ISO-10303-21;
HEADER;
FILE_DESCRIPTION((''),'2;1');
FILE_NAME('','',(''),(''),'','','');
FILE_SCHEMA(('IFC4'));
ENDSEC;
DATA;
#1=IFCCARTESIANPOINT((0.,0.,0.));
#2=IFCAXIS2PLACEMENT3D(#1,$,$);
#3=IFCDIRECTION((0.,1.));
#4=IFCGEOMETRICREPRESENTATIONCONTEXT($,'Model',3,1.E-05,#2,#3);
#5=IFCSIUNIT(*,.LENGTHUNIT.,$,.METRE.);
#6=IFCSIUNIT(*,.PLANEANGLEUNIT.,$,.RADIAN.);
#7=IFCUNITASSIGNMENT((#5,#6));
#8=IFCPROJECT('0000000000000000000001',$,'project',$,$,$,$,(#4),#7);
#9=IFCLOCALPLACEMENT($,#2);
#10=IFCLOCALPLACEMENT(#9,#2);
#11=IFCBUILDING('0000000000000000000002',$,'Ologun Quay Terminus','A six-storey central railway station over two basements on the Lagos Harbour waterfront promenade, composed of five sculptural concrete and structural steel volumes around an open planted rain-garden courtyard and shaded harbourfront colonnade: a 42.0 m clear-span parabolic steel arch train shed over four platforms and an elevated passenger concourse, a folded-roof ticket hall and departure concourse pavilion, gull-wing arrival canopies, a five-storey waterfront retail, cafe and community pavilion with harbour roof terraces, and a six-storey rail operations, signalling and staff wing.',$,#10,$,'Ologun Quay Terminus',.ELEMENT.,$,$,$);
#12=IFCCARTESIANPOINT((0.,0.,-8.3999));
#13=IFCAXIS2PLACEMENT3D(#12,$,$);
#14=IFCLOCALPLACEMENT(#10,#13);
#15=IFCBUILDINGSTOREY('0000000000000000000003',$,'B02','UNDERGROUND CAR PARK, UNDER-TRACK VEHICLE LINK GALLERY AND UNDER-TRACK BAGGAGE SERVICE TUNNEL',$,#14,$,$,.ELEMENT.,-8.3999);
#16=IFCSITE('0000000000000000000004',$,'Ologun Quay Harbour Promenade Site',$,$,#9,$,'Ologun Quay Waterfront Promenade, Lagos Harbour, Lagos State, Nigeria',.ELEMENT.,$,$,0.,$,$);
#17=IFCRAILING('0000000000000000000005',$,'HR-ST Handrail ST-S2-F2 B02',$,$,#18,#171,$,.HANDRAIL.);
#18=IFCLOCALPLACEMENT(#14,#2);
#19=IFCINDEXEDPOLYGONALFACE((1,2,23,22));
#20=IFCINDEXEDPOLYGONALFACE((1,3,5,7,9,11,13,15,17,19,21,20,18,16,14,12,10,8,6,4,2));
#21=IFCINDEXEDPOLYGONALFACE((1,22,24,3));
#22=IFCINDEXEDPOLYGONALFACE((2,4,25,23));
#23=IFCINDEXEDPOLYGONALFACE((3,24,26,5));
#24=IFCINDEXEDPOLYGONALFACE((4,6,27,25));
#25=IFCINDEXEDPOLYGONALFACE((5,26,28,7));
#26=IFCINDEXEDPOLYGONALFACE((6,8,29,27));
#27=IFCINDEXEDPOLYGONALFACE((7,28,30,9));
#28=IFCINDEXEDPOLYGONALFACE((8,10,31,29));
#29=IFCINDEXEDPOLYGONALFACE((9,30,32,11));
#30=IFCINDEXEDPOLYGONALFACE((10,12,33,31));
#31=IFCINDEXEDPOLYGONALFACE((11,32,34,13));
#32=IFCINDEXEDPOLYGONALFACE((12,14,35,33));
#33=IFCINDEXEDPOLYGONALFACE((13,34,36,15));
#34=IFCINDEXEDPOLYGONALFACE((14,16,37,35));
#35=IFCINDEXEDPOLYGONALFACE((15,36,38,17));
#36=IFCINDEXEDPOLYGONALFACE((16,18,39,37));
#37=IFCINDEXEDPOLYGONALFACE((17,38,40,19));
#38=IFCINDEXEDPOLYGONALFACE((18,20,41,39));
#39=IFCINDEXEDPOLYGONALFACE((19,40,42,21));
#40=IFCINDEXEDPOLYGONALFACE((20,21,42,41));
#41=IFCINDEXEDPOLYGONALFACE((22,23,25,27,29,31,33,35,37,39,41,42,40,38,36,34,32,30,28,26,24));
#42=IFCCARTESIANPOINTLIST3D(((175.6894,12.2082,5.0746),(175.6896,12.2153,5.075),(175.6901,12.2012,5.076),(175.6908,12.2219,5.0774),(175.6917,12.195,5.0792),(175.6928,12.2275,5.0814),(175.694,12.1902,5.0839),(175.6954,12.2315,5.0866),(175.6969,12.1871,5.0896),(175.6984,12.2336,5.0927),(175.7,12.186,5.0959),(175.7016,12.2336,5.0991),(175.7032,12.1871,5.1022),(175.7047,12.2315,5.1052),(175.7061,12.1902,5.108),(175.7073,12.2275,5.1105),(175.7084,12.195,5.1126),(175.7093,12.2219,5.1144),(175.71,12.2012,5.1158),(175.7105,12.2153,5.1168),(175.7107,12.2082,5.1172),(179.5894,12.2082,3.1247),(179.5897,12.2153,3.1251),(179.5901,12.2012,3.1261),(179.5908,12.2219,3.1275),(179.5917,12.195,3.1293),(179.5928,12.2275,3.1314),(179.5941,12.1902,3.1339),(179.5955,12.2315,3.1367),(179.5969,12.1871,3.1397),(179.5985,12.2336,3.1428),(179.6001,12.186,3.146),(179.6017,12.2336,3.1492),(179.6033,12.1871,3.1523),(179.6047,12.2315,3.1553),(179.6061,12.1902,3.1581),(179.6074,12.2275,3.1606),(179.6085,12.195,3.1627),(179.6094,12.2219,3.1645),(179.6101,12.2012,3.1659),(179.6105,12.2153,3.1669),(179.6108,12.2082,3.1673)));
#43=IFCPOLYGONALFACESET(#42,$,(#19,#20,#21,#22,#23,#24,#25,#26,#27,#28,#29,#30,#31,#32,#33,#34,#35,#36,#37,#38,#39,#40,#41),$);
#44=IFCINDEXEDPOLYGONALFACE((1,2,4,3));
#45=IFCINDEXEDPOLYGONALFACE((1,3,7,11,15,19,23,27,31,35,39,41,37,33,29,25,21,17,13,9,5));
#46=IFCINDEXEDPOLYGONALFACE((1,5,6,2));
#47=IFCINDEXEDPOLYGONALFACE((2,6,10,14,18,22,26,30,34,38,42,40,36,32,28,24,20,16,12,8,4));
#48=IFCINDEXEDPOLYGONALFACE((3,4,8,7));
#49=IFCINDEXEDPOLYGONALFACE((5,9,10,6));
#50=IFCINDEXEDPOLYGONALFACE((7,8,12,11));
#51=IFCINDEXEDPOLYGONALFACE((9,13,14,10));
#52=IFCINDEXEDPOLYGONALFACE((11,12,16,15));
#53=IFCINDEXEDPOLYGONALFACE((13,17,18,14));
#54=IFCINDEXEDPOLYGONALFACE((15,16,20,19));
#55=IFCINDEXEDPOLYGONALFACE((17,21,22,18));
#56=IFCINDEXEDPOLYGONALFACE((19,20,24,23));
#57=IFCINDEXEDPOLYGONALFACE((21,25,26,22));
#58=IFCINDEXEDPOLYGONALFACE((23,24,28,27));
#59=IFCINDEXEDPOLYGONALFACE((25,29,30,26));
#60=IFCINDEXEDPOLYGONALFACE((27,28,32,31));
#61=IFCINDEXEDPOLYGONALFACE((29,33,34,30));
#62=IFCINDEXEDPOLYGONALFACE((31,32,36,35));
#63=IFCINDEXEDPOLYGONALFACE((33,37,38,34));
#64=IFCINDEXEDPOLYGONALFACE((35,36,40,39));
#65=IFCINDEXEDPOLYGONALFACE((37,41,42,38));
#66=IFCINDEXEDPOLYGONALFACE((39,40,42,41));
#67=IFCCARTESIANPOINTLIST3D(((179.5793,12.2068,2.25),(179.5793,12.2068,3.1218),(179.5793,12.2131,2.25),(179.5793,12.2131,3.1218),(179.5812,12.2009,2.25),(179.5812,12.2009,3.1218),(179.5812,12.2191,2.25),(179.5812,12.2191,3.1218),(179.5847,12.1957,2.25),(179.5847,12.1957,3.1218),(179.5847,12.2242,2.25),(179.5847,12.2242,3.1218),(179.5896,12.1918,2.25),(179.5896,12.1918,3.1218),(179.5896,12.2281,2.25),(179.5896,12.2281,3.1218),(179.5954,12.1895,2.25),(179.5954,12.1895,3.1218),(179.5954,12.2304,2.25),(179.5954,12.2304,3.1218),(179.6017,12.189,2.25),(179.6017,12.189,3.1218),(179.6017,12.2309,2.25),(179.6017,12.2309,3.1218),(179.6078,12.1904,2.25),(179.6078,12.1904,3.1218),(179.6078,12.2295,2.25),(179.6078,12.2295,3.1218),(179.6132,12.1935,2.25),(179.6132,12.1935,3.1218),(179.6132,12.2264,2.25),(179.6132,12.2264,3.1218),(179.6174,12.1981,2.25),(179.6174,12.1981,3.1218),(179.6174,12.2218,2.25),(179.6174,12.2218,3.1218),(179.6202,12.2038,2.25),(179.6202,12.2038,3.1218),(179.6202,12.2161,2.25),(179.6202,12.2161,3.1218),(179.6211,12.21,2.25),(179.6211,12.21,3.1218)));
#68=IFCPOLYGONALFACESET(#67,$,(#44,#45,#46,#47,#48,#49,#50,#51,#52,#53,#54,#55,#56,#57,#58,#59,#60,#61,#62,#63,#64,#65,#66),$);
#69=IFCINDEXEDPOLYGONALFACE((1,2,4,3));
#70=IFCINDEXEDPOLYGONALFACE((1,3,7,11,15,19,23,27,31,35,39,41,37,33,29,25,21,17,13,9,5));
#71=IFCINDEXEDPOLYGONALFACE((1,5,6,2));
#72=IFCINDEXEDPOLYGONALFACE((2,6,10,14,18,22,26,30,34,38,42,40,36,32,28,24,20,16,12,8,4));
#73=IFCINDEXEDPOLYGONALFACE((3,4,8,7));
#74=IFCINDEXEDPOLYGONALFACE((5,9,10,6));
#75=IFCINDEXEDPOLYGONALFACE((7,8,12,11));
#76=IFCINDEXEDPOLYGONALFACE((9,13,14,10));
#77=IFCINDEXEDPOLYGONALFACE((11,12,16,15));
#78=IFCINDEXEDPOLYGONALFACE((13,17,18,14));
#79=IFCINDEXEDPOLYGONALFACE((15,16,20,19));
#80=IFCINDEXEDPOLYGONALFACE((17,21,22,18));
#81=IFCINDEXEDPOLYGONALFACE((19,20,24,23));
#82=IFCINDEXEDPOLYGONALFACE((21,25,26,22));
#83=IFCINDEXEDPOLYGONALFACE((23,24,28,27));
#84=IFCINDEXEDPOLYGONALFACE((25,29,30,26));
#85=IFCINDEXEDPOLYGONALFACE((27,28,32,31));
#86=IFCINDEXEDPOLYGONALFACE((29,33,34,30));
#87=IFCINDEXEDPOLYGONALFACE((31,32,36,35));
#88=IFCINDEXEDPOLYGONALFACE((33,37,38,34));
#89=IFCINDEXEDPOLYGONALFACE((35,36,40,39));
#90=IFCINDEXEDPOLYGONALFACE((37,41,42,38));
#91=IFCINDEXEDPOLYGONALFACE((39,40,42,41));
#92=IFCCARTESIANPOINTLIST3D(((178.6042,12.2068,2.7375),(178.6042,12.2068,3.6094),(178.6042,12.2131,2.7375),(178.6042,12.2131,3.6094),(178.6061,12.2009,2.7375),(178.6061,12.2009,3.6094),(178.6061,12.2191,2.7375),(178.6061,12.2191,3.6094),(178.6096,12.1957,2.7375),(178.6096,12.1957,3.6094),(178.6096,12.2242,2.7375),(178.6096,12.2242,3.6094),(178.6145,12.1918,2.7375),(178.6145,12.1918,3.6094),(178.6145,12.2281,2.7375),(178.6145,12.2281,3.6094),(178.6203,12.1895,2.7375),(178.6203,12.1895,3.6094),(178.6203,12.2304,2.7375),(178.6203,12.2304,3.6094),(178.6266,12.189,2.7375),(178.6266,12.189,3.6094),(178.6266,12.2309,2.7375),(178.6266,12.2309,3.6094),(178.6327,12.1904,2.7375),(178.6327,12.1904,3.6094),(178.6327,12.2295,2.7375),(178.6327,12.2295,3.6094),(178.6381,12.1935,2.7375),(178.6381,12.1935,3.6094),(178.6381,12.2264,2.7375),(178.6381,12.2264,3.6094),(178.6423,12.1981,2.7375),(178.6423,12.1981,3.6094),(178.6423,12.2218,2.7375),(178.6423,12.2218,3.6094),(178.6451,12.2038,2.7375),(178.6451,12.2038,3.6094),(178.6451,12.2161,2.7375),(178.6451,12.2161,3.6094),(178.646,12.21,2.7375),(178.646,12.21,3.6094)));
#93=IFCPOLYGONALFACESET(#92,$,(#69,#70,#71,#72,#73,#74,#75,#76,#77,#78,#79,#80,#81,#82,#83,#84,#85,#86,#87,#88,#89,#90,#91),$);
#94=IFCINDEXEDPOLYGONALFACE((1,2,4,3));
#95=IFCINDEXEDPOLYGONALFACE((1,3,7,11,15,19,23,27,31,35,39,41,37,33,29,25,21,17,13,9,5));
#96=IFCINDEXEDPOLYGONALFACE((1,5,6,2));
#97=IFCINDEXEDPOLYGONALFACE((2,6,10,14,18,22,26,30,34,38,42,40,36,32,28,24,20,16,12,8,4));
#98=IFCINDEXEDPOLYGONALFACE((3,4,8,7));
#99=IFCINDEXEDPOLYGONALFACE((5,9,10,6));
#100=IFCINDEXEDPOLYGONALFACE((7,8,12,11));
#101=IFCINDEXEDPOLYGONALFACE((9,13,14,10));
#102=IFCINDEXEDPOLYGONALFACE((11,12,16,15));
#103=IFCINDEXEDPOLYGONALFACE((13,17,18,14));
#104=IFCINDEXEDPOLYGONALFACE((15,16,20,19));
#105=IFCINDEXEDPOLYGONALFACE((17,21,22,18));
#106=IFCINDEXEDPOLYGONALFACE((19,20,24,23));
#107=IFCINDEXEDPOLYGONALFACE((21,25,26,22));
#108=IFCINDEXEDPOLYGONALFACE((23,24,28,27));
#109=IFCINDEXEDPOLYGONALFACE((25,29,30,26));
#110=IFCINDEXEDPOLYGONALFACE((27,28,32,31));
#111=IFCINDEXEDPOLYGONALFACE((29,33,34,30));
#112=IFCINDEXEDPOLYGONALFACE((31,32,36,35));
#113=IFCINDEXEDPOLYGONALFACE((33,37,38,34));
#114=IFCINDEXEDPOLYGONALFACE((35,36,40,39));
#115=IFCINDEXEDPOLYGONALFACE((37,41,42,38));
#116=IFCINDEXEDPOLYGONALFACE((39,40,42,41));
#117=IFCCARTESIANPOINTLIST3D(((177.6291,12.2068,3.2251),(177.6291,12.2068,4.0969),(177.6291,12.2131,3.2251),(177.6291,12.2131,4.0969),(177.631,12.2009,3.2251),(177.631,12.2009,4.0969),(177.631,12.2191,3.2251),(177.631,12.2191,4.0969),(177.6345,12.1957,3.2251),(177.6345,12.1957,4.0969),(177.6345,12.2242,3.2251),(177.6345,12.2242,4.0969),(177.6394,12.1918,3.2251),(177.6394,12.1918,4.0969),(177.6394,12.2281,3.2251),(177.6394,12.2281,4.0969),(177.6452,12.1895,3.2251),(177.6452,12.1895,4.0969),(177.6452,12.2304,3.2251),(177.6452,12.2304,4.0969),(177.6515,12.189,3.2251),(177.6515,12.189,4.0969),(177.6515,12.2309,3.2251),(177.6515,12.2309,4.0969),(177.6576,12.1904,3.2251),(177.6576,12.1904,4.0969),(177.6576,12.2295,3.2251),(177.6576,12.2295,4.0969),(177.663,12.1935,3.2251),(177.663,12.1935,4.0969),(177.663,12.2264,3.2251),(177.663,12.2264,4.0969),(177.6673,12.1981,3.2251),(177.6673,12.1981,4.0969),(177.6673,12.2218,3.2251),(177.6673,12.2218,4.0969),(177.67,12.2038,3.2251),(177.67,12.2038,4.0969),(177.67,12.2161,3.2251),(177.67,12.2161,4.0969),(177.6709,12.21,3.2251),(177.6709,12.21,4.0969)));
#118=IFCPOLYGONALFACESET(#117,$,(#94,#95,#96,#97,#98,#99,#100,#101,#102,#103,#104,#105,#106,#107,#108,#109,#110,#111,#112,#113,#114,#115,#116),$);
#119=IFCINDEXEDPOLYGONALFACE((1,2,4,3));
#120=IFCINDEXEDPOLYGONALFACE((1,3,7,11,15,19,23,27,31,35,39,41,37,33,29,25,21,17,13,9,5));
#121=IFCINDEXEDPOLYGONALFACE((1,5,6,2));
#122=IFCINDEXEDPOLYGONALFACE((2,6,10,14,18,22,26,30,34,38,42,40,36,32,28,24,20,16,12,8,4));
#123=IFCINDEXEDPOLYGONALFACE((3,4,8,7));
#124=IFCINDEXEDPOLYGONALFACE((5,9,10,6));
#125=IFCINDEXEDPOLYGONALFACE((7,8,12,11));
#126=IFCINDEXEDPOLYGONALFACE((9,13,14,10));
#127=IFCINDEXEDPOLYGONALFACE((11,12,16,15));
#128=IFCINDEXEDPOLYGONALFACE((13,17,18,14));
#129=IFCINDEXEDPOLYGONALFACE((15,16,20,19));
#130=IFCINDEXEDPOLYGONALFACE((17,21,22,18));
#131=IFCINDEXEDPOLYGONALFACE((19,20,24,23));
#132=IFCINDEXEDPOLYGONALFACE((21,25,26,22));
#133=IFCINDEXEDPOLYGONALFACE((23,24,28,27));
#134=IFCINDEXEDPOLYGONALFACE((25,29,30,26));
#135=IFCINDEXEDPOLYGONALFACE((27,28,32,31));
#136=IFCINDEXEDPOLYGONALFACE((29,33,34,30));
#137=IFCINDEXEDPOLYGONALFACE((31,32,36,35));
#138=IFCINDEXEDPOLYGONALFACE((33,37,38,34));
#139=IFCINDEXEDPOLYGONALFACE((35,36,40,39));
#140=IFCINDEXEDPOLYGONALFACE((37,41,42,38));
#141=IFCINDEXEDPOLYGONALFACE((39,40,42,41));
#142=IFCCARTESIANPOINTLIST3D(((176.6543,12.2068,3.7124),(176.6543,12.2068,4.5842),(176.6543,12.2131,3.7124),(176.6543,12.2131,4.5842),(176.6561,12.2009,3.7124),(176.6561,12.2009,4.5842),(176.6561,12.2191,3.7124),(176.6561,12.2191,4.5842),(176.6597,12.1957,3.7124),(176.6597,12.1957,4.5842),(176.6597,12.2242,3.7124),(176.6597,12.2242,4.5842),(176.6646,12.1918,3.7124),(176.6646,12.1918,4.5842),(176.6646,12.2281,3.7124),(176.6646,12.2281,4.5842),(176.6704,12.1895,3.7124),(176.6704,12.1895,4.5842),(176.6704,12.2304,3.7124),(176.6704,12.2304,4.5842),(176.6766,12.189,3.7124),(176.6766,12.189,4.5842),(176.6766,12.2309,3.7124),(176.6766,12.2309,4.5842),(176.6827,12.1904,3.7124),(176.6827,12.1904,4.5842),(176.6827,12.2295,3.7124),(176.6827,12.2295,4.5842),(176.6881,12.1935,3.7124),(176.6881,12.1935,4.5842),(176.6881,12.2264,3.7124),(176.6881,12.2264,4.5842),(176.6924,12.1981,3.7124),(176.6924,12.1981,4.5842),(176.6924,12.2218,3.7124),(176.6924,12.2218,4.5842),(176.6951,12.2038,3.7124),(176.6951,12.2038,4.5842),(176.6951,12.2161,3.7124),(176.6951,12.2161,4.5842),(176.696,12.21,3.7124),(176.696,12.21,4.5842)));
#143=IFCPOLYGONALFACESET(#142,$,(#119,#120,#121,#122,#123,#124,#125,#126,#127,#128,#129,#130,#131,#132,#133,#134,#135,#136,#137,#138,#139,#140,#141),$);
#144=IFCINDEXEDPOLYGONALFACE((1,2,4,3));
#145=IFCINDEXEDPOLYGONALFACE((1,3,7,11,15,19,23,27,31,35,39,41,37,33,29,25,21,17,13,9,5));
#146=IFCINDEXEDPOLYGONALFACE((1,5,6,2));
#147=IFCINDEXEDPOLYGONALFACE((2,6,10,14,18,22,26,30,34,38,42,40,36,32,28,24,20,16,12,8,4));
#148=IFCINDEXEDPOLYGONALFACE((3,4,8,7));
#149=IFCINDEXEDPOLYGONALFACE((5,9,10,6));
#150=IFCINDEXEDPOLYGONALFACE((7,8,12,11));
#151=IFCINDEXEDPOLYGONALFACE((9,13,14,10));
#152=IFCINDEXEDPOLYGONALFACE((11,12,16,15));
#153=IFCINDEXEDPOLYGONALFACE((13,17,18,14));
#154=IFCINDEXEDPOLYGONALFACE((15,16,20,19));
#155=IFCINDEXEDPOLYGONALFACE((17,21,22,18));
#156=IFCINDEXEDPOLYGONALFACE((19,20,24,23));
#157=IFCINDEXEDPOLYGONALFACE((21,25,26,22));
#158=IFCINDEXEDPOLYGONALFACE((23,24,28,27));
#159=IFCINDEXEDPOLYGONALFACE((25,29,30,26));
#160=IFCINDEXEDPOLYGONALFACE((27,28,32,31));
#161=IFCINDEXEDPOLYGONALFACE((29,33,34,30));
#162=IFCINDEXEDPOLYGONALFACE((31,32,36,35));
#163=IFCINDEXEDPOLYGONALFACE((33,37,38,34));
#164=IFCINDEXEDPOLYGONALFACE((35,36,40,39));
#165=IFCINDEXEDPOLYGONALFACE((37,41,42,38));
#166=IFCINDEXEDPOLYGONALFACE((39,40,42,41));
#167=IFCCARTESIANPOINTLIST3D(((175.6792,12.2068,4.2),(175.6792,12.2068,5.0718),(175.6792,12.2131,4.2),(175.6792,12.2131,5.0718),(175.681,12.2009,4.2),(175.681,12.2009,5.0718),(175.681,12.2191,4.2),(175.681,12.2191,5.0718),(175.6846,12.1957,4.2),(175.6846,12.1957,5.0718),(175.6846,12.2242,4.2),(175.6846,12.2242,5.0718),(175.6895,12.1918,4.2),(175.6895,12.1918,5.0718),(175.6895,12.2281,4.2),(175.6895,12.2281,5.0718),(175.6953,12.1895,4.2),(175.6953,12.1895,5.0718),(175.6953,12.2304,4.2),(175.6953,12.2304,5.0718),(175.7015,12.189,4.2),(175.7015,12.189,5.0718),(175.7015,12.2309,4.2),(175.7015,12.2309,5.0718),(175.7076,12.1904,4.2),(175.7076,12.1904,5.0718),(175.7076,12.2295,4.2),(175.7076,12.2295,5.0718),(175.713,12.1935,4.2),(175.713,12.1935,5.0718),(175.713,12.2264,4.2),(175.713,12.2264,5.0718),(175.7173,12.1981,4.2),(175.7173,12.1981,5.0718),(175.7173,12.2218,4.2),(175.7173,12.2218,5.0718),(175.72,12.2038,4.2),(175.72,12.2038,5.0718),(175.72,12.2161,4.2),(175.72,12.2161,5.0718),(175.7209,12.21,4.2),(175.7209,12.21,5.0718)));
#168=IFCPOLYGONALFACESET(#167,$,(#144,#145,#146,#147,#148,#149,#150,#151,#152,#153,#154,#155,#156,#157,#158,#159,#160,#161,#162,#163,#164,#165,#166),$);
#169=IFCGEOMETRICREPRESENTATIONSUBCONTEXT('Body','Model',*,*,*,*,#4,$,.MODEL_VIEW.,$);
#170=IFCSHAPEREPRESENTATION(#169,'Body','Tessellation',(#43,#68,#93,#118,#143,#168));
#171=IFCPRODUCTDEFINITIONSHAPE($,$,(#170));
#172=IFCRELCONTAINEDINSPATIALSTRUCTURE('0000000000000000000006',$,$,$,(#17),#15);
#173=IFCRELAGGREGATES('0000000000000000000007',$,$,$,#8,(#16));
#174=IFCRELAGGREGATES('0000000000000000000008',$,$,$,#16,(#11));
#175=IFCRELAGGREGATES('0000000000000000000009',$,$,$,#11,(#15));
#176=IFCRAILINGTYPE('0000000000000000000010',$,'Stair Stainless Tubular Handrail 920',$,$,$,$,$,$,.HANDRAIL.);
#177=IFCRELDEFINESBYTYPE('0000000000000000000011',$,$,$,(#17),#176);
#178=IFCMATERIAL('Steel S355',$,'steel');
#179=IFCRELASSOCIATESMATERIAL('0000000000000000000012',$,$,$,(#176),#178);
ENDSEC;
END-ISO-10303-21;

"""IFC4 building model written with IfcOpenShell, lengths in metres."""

from ifc_helpers import new_model, si_unit, direction, frame, origin, origin_2d, place, context, subcontext, project, spatial, circle, extrude, material, type_object, element, save


model = new_model("IFC4")

# Units and contexts
model_context = context("Model", 3, precision=1e-05, world=origin(), true_north=direction((0.0, 1.0)))
body_context = subcontext(model_context, "Body", "Model", "MODEL_VIEW")
ifc_project = project(units=[si_unit("LENGTHUNIT", "METRE"), si_unit("PLANEANGLEUNIT", "RADIAN")], contexts=[model_context])

# Site, building, storey
site_placement = place(None, origin())
site = spatial("IfcSite", under=ifc_project, at=site_placement, Name="Ologun Quay Harbour Promenade Site", LongName="Ologun Quay Waterfront Promenade, Lagos Harbour, Lagos State, Nigeria", CompositionType="ELEMENT", RefElevation=0.0)
building_placement = place(site_placement, origin())
building = spatial("IfcBuilding", under=site, at=building_placement, Name="Ologun Quay Terminus", Description="A six-storey central railway station over two basements on the Lagos Harbour waterfront promenade, composed of five sculptural concrete and structural steel volumes around an open planted rain-garden courtyard and shaded harbourfront colonnade: a 42.0 m clear-span parabolic steel arch train shed over four platforms and an elevated passenger concourse, a folded-roof ticket hall and departure concourse pavilion, gull-wing arrival canopies, a five-storey waterfront retail, cafe and community pavilion with harbour roof terraces, and a six-storey rail operations, signalling and staff wing.", LongName="Ologun Quay Terminus", CompositionType="ELEMENT")
storey_placement = place(building_placement, frame((0.0, 0.0, -8.3999)))
storey = spatial("IfcBuildingStorey", under=building, at=storey_placement, Name="B02", Description="UNDERGROUND CAR PARK, UNDER-TRACK VEHICLE LINK GALLERY AND UNDER-TRACK BAGGAGE SERVICE TUNNEL", CompositionType="ELEMENT", Elevation=-8.3999)

# Railing
ifc_material_1 = material(Name="Steel S355", Category="steel")
railing_type_1 = type_object("IfcRailingType", Name="Stair Stainless Tubular Handrail 920", PredefinedType="HANDRAIL", material=ifc_material_1)
railing_1_placement = place(storey_placement, frame((179.6001, 12.21, 2.25)))
element("IfcRailing", 1, at=railing_1_placement, inside=storey, type_object=railing_type_1, Name="HR-ST Handrail ST-S2-F2 B02", PredefinedType="HANDRAIL", context=body_context, shape_type="SweptSolid", body=[
    extrude(circle(Radius=0.0239, at=origin_2d()), frame((0.0, 0.0, 0.896), z_axis=(-0.894438, 0.0, 0.447191), x_axis=(0.0, -1.0, 0.0)), (0.0, 0.0, 1.0), 4.3604),
    extrude(circle(Radius=0.021, at=origin_2d()), origin(), (0.0, 0.0, 1.0), 0.8718),
    extrude(circle(Radius=0.021, at=origin_2d()), frame((-0.9751, 0.0, 0.4875)), (0.0, 0.0, 1.0), 0.8718),
    extrude(circle(Radius=0.021, at=origin_2d()), frame((-1.9502, 0.0, 0.9751)), (0.0, 0.0, 1.0), 0.8718),
    extrude(circle(Radius=0.021, at=origin_2d()), frame((-2.925, 0.0, 1.4624)), (0.0, 0.0, 1.0), 0.8718),
    extrude(circle(Radius=0.021, at=origin_2d()), frame((-3.9001, 0.0, 1.95)), (0.0, 0.0, 1.0), 0.8718),
])

save(model, "model.ifc")
